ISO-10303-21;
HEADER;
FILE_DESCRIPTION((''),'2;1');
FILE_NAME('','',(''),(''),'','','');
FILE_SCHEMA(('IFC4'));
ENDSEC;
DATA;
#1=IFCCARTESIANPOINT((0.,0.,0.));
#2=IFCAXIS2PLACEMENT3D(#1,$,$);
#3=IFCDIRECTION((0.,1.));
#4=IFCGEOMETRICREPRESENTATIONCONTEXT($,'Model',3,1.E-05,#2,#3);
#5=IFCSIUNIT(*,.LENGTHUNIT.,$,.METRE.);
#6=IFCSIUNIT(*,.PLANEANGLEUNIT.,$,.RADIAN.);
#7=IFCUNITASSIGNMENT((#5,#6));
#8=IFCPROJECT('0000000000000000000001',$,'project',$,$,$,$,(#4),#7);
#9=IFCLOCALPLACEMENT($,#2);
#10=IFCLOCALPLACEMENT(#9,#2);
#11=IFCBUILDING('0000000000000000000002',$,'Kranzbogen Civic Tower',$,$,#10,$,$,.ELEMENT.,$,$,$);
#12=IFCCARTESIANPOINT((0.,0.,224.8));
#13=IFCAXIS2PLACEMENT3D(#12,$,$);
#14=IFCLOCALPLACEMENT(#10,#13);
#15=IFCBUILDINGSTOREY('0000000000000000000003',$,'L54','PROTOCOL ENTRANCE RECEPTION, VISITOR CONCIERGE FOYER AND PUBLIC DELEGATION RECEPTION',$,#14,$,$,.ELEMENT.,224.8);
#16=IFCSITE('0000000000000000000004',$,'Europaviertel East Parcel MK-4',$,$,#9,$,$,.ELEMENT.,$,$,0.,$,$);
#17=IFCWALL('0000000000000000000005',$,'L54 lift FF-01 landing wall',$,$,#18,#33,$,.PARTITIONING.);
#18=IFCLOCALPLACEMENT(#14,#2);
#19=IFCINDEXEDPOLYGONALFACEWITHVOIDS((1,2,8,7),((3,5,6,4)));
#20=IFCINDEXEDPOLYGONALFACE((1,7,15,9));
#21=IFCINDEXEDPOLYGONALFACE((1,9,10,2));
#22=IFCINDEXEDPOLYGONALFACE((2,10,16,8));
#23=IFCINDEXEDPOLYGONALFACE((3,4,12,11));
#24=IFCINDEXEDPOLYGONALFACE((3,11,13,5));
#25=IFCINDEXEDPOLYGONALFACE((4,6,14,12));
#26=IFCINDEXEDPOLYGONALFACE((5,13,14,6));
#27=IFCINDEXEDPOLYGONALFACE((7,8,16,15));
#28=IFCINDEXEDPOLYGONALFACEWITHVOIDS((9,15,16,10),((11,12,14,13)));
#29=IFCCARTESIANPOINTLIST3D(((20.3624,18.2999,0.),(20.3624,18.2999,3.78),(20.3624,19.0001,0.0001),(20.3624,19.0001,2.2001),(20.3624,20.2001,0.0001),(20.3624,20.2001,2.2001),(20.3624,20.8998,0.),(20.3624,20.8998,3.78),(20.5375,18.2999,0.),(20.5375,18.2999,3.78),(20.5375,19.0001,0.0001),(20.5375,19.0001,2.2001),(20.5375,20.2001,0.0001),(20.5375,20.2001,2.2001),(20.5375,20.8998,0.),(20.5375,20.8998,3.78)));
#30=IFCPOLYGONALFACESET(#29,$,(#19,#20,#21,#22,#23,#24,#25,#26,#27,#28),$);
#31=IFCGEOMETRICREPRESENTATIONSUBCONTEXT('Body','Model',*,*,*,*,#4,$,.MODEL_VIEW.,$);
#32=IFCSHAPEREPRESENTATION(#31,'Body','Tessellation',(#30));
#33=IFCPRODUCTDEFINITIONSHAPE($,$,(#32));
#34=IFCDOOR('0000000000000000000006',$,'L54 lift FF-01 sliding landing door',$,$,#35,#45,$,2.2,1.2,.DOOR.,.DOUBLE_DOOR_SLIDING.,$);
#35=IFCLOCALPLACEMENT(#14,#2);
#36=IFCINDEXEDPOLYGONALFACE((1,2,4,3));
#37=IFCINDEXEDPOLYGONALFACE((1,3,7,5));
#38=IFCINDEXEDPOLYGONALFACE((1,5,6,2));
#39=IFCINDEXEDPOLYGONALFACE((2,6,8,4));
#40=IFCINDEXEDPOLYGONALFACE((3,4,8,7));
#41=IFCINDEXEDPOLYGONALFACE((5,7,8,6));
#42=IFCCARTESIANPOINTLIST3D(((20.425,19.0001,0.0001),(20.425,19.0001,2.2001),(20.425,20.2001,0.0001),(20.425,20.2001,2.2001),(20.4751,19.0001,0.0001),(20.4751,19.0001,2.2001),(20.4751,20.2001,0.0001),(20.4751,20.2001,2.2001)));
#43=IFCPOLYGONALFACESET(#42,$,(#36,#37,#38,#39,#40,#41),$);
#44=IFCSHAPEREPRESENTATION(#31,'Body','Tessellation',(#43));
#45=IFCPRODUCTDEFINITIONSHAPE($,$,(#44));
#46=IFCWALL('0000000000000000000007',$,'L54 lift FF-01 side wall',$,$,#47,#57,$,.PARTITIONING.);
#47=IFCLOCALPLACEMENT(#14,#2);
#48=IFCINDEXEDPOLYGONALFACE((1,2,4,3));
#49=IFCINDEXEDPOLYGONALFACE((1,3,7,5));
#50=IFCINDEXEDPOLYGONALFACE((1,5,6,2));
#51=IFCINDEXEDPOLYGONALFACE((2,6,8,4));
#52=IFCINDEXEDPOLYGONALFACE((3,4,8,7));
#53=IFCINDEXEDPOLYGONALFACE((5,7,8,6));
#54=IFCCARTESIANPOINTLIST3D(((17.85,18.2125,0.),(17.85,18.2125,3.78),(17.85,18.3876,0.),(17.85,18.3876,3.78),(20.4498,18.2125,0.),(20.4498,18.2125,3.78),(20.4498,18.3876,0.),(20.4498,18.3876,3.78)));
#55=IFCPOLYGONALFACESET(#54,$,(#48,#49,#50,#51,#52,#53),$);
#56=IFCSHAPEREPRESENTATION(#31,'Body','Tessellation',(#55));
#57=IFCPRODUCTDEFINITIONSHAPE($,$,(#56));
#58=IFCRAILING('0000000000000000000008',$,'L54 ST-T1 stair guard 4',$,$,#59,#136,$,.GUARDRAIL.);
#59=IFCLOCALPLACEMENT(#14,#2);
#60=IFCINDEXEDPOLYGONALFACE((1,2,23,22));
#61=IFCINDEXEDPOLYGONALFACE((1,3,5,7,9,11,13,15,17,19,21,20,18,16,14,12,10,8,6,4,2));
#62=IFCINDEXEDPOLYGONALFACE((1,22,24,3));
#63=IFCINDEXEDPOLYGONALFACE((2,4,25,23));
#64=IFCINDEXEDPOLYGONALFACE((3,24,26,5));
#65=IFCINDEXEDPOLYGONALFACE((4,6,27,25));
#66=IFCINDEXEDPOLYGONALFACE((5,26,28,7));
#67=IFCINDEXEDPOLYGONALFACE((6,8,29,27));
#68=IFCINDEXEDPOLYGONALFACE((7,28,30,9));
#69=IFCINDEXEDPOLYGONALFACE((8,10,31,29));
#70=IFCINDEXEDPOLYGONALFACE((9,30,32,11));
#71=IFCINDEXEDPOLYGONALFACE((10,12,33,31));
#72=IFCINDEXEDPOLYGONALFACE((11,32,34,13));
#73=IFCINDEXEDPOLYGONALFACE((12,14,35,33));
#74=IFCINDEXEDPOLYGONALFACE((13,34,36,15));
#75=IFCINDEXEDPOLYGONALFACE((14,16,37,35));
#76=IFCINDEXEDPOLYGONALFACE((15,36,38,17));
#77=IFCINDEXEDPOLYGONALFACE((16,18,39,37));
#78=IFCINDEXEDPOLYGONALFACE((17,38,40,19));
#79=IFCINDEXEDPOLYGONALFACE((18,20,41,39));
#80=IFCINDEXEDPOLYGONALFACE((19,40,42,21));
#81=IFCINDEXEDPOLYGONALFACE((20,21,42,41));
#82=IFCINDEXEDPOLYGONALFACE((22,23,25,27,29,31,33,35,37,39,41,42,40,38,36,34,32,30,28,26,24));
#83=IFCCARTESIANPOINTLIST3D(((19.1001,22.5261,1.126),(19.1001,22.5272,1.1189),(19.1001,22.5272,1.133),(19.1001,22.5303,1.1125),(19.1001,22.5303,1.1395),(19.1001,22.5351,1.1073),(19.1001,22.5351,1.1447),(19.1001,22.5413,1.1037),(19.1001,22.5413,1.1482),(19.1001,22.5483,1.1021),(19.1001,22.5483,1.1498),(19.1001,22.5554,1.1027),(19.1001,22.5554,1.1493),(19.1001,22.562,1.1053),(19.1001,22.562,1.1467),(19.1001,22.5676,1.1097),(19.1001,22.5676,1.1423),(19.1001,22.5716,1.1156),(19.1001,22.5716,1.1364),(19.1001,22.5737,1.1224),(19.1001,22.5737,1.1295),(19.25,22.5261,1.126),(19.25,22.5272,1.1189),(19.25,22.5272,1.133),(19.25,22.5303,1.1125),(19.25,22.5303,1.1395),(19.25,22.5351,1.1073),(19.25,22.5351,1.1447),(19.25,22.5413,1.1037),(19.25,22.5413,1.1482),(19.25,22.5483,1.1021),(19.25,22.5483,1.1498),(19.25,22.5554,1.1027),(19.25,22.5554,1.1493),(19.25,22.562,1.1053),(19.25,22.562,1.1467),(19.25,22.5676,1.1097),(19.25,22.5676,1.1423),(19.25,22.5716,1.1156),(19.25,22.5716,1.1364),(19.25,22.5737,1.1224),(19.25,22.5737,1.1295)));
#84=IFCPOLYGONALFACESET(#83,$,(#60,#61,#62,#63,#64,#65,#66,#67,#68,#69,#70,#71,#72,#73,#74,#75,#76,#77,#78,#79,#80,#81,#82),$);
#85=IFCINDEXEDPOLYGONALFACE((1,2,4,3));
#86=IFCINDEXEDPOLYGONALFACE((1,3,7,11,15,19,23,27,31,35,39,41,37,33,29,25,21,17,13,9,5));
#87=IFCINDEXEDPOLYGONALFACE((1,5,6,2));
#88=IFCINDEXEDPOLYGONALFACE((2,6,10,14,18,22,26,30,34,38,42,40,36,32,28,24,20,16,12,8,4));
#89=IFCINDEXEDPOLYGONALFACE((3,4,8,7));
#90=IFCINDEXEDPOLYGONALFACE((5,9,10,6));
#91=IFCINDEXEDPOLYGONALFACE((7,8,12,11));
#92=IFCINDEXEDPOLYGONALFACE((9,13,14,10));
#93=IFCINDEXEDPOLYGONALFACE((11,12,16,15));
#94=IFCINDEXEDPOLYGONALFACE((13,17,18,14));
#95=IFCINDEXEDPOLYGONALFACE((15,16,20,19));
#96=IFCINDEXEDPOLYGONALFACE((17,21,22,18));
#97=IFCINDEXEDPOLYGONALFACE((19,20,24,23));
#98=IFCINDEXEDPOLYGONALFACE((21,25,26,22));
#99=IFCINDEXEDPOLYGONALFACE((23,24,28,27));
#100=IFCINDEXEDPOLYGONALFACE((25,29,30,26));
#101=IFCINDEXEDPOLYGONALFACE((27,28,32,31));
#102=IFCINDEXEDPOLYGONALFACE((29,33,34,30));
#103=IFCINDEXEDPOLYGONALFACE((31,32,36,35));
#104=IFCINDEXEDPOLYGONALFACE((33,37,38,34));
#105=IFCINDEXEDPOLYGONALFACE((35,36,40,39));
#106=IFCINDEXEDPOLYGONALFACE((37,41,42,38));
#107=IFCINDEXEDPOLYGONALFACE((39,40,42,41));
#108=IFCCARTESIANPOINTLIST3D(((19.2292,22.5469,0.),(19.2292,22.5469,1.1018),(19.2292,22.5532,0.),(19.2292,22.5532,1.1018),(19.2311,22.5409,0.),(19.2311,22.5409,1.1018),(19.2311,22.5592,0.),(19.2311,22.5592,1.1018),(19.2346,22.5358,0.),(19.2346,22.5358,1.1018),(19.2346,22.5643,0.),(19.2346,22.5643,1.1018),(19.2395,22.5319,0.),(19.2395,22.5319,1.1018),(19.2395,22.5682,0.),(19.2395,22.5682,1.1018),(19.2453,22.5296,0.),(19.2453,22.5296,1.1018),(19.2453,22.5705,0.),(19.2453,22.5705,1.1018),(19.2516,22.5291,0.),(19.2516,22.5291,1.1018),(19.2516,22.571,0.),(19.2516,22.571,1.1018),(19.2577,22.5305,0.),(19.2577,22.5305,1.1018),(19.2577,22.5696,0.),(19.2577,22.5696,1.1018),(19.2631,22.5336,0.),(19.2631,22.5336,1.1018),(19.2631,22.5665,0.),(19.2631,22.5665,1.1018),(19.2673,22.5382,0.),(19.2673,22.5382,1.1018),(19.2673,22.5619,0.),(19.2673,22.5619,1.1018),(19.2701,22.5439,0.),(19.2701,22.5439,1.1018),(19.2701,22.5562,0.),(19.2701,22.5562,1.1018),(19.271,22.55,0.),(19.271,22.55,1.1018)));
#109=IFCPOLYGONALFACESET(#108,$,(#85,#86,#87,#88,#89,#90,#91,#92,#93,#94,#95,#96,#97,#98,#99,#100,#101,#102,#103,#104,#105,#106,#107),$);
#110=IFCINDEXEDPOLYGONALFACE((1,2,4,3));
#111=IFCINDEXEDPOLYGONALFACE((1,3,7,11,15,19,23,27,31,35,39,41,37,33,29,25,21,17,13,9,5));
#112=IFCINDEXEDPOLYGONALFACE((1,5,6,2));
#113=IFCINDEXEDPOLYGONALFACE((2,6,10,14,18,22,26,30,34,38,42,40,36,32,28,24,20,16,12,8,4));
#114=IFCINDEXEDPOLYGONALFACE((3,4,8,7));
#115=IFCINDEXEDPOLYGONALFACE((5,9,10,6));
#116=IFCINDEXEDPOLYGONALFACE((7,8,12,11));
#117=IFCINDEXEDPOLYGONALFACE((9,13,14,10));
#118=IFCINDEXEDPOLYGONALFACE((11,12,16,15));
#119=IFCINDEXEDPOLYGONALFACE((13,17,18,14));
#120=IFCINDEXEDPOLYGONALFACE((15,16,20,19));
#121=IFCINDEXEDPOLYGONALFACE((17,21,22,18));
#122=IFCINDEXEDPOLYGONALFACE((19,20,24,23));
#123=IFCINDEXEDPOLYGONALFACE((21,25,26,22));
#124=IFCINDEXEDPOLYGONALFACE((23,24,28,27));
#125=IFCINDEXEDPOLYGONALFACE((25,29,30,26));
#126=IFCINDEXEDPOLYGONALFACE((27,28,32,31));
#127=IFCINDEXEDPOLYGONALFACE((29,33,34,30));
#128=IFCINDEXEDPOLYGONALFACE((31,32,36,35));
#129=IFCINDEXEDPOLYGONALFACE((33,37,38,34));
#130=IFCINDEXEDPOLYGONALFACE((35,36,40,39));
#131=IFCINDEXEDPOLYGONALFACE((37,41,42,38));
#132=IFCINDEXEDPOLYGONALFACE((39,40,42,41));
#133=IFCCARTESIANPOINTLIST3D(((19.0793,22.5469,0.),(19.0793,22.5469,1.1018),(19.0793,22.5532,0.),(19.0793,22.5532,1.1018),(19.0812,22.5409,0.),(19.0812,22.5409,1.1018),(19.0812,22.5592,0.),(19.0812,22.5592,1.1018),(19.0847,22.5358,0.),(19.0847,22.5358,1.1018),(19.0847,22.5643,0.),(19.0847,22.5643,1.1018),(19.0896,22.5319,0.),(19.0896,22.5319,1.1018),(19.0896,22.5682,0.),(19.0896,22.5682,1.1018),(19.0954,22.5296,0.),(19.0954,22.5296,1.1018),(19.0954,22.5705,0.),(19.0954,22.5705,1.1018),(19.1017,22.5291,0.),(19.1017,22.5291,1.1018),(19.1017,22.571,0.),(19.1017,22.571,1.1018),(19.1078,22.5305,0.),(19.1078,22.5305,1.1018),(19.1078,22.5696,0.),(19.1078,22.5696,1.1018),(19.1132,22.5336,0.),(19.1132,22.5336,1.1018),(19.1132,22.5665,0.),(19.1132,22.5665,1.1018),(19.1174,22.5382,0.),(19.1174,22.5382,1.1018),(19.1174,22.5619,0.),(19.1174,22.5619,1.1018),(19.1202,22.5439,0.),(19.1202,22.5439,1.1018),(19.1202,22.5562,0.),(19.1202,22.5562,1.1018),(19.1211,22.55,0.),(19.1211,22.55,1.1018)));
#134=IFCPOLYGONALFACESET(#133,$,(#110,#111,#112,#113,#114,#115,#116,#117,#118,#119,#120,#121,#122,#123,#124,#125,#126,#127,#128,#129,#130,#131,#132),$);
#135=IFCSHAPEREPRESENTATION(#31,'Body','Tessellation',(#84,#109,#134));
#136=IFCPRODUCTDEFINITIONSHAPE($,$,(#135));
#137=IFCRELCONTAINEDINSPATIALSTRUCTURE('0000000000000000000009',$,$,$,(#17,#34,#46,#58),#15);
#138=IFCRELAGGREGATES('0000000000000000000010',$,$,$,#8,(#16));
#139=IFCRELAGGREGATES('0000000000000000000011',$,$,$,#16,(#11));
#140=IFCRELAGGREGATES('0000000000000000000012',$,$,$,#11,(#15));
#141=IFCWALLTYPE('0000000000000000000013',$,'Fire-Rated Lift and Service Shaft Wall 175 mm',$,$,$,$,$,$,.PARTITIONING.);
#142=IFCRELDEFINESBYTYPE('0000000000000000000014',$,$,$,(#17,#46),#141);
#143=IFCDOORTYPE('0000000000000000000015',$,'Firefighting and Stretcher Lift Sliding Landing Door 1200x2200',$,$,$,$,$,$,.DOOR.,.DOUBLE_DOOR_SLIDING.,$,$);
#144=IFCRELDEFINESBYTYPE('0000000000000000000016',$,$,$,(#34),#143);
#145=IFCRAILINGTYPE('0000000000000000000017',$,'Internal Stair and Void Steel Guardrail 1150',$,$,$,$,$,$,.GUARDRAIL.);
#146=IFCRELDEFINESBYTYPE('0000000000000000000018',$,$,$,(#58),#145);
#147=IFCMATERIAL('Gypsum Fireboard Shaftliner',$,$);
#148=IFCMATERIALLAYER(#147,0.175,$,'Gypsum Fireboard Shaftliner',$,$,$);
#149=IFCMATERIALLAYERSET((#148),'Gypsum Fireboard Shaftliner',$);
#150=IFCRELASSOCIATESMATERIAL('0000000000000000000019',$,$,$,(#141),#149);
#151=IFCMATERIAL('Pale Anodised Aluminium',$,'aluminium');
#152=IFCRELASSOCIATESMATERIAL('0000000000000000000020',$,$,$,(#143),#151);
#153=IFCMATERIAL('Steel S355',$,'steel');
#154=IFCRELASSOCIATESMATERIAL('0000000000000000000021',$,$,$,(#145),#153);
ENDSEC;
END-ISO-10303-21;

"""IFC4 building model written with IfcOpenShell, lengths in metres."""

from ifc_helpers import new_model, si_unit, direction, frame, frame_2d, origin, origin_2d, place, context, subcontext, project, spatial, rectangle, circle, extrude, material, layer, layer_set, type_object, element, fill, save


model = new_model("IFC4")

# Units and contexts
model_context = context("Model", 3, precision=1e-05, world=origin(), true_north=direction((0.0, 1.0)))
body_context = subcontext(model_context, "Body", "Model", "MODEL_VIEW")
ifc_project = project(units=[si_unit("LENGTHUNIT", "METRE"), si_unit("PLANEANGLEUNIT", "RADIAN")], contexts=[model_context])

# Site, building, storey
site_placement = place(None, origin())
site = spatial("IfcSite", under=ifc_project, at=site_placement, Name="Europaviertel East Parcel MK-4", CompositionType="ELEMENT", RefElevation=0.0)
building_placement = place(site_placement, origin())
building = spatial("IfcBuilding", under=site, at=building_placement, Name="Kranzbogen Civic Tower", CompositionType="ELEMENT")
storey_placement = place(building_placement, frame((0.0, 0.0, 224.8)))
storey = spatial("IfcBuildingStorey", under=building, at=storey_placement, Name="L54", Description="PROTOCOL ENTRANCE RECEPTION, VISITOR CONCIERGE FOYER AND PUBLIC DELEGATION RECEPTION", CompositionType="ELEMENT", Elevation=224.8)

# Shared definitions
ifc_material_1 = material(Name="Steel S355", Category="steel")

# Wall, opening, door
ifc_material_2 = material(Name="Gypsum Fireboard Shaftliner")
ifc_layer_1 = layer(ifc_material_2, 0.175, Name="Gypsum Fireboard Shaftliner")
ifc_layer_set_1 = layer_set([ifc_layer_1], Name="Gypsum Fireboard Shaftliner")
wall_type_1 = type_object("IfcWallType", Name="Fire-Rated Lift and Service Shaft Wall 175 mm", PredefinedType="PARTITIONING", material=ifc_layer_set_1)
wall_1_placement = place(storey_placement, frame((20.45, 18.3, 0.0), z_axis=(0.0, 0.0, 1.0), x_axis=(0.0, 1.0, 0.0)))
wall_1 = element("IfcWall", 1, at=wall_1_placement, inside=storey, type_object=wall_type_1, Name="L54 lift FF-01 landing wall", PredefinedType="PARTITIONING", context=body_context, shape_type="SweptSolid", body=[
    extrude(rectangle(XDim=2.5999, YDim=0.175, at=frame_2d((1.2998, 0.0))), origin(), (0.0, 0.0, 1.0), 3.78),
])
opening_1_placement = place(wall_1_placement, frame((0.7, 0.0, 0.0)))
opening_1 = element("IfcOpeningElement", 2, at=opening_1_placement, cuts=wall_1, PredefinedType="OPENING", context=body_context, shape_type="SweptSolid", body=[
    extrude(rectangle(XDim=1.2, YDim=2.2, at=frame_2d((0.6001, 1.1001))), frame((0.0, 0.0977, 0.0), z_axis=(0.0, -1.0, 0.0), x_axis=(1.0, 0.0, 0.0)), (0.0, 0.0, 1.0), 0.1951),
])
ifc_material_3 = material(Name="Pale Anodised Aluminium", Category="aluminium")
door_type_1 = type_object("IfcDoorType", Name="Firefighting and Stretcher Lift Sliding Landing Door 1200x2200", OperationType="DOUBLE_DOOR_SLIDING", PredefinedType="DOOR", material=ifc_material_3)
door_1_placement = place(opening_1_placement, origin())
door_1 = element("IfcDoor", 3, at=door_1_placement, inside=storey, type_object=door_type_1, Name="L54 lift FF-01 sliding landing door", OperationType="DOUBLE_DOOR_SLIDING", OverallHeight=2.2, OverallWidth=1.2, PredefinedType="DOOR", context=body_context, shape_type="SweptSolid", body=[
    extrude(rectangle(XDim=1.2, YDim=2.2, at=frame_2d((0.6001, 1.1001))), frame((0.0, 0.0249, 0.0), z_axis=(0.0, -1.0, 0.0), x_axis=(1.0, 0.0, 0.0)), (0.0, 0.0, 1.0), 0.05),
])
fill(opening_1, door_1)

# Wall
wall_2_placement = place(storey_placement, frame((17.8501, 18.3, 0.0), z_axis=(0.0, 0.0, 1.0), x_axis=(1.0, 0.0, 0.0)))
element("IfcWall", 4, at=wall_2_placement, inside=storey, type_object=wall_type_1, Name="L54 lift FF-01 side wall", PredefinedType="PARTITIONING", context=body_context, shape_type="SweptSolid", body=[
    extrude(rectangle(XDim=2.5999, YDim=0.175, at=frame_2d((1.2998, 0.0))), origin(), (0.0, 0.0, 1.0), 3.78),
])

# Railing
railing_type = type_object("IfcRailingType", Name="Internal Stair and Void Steel Guardrail 1150", PredefinedType="GUARDRAIL", material=ifc_material_1)
railing_placement = place(storey_placement, frame((19.25, 22.55, 0.0)))
element("IfcRailing", 5, at=railing_placement, inside=storey, type_object=railing_type, Name="L54 ST-T1 stair guard 4", PredefinedType="GUARDRAIL", context=body_context, shape_type="SweptSolid", body=[
    extrude(circle(Radius=0.0239, at=origin_2d()), frame((0.0, 0.0, 1.126), z_axis=(-1.0, 0.0, 0.0), x_axis=(0.0, -1.0, 0.0)), (0.0, 0.0, 1.0), 0.1499),
    extrude(circle(Radius=0.021, at=origin_2d()), origin(), (0.0, 0.0, 1.0), 1.1018),
    extrude(circle(Radius=0.021, at=origin_2d()), frame((-0.1499, 0.0, 0.0)), (0.0, 0.0, 1.0), 1.1018),
])

save(model, "model.ifc")
